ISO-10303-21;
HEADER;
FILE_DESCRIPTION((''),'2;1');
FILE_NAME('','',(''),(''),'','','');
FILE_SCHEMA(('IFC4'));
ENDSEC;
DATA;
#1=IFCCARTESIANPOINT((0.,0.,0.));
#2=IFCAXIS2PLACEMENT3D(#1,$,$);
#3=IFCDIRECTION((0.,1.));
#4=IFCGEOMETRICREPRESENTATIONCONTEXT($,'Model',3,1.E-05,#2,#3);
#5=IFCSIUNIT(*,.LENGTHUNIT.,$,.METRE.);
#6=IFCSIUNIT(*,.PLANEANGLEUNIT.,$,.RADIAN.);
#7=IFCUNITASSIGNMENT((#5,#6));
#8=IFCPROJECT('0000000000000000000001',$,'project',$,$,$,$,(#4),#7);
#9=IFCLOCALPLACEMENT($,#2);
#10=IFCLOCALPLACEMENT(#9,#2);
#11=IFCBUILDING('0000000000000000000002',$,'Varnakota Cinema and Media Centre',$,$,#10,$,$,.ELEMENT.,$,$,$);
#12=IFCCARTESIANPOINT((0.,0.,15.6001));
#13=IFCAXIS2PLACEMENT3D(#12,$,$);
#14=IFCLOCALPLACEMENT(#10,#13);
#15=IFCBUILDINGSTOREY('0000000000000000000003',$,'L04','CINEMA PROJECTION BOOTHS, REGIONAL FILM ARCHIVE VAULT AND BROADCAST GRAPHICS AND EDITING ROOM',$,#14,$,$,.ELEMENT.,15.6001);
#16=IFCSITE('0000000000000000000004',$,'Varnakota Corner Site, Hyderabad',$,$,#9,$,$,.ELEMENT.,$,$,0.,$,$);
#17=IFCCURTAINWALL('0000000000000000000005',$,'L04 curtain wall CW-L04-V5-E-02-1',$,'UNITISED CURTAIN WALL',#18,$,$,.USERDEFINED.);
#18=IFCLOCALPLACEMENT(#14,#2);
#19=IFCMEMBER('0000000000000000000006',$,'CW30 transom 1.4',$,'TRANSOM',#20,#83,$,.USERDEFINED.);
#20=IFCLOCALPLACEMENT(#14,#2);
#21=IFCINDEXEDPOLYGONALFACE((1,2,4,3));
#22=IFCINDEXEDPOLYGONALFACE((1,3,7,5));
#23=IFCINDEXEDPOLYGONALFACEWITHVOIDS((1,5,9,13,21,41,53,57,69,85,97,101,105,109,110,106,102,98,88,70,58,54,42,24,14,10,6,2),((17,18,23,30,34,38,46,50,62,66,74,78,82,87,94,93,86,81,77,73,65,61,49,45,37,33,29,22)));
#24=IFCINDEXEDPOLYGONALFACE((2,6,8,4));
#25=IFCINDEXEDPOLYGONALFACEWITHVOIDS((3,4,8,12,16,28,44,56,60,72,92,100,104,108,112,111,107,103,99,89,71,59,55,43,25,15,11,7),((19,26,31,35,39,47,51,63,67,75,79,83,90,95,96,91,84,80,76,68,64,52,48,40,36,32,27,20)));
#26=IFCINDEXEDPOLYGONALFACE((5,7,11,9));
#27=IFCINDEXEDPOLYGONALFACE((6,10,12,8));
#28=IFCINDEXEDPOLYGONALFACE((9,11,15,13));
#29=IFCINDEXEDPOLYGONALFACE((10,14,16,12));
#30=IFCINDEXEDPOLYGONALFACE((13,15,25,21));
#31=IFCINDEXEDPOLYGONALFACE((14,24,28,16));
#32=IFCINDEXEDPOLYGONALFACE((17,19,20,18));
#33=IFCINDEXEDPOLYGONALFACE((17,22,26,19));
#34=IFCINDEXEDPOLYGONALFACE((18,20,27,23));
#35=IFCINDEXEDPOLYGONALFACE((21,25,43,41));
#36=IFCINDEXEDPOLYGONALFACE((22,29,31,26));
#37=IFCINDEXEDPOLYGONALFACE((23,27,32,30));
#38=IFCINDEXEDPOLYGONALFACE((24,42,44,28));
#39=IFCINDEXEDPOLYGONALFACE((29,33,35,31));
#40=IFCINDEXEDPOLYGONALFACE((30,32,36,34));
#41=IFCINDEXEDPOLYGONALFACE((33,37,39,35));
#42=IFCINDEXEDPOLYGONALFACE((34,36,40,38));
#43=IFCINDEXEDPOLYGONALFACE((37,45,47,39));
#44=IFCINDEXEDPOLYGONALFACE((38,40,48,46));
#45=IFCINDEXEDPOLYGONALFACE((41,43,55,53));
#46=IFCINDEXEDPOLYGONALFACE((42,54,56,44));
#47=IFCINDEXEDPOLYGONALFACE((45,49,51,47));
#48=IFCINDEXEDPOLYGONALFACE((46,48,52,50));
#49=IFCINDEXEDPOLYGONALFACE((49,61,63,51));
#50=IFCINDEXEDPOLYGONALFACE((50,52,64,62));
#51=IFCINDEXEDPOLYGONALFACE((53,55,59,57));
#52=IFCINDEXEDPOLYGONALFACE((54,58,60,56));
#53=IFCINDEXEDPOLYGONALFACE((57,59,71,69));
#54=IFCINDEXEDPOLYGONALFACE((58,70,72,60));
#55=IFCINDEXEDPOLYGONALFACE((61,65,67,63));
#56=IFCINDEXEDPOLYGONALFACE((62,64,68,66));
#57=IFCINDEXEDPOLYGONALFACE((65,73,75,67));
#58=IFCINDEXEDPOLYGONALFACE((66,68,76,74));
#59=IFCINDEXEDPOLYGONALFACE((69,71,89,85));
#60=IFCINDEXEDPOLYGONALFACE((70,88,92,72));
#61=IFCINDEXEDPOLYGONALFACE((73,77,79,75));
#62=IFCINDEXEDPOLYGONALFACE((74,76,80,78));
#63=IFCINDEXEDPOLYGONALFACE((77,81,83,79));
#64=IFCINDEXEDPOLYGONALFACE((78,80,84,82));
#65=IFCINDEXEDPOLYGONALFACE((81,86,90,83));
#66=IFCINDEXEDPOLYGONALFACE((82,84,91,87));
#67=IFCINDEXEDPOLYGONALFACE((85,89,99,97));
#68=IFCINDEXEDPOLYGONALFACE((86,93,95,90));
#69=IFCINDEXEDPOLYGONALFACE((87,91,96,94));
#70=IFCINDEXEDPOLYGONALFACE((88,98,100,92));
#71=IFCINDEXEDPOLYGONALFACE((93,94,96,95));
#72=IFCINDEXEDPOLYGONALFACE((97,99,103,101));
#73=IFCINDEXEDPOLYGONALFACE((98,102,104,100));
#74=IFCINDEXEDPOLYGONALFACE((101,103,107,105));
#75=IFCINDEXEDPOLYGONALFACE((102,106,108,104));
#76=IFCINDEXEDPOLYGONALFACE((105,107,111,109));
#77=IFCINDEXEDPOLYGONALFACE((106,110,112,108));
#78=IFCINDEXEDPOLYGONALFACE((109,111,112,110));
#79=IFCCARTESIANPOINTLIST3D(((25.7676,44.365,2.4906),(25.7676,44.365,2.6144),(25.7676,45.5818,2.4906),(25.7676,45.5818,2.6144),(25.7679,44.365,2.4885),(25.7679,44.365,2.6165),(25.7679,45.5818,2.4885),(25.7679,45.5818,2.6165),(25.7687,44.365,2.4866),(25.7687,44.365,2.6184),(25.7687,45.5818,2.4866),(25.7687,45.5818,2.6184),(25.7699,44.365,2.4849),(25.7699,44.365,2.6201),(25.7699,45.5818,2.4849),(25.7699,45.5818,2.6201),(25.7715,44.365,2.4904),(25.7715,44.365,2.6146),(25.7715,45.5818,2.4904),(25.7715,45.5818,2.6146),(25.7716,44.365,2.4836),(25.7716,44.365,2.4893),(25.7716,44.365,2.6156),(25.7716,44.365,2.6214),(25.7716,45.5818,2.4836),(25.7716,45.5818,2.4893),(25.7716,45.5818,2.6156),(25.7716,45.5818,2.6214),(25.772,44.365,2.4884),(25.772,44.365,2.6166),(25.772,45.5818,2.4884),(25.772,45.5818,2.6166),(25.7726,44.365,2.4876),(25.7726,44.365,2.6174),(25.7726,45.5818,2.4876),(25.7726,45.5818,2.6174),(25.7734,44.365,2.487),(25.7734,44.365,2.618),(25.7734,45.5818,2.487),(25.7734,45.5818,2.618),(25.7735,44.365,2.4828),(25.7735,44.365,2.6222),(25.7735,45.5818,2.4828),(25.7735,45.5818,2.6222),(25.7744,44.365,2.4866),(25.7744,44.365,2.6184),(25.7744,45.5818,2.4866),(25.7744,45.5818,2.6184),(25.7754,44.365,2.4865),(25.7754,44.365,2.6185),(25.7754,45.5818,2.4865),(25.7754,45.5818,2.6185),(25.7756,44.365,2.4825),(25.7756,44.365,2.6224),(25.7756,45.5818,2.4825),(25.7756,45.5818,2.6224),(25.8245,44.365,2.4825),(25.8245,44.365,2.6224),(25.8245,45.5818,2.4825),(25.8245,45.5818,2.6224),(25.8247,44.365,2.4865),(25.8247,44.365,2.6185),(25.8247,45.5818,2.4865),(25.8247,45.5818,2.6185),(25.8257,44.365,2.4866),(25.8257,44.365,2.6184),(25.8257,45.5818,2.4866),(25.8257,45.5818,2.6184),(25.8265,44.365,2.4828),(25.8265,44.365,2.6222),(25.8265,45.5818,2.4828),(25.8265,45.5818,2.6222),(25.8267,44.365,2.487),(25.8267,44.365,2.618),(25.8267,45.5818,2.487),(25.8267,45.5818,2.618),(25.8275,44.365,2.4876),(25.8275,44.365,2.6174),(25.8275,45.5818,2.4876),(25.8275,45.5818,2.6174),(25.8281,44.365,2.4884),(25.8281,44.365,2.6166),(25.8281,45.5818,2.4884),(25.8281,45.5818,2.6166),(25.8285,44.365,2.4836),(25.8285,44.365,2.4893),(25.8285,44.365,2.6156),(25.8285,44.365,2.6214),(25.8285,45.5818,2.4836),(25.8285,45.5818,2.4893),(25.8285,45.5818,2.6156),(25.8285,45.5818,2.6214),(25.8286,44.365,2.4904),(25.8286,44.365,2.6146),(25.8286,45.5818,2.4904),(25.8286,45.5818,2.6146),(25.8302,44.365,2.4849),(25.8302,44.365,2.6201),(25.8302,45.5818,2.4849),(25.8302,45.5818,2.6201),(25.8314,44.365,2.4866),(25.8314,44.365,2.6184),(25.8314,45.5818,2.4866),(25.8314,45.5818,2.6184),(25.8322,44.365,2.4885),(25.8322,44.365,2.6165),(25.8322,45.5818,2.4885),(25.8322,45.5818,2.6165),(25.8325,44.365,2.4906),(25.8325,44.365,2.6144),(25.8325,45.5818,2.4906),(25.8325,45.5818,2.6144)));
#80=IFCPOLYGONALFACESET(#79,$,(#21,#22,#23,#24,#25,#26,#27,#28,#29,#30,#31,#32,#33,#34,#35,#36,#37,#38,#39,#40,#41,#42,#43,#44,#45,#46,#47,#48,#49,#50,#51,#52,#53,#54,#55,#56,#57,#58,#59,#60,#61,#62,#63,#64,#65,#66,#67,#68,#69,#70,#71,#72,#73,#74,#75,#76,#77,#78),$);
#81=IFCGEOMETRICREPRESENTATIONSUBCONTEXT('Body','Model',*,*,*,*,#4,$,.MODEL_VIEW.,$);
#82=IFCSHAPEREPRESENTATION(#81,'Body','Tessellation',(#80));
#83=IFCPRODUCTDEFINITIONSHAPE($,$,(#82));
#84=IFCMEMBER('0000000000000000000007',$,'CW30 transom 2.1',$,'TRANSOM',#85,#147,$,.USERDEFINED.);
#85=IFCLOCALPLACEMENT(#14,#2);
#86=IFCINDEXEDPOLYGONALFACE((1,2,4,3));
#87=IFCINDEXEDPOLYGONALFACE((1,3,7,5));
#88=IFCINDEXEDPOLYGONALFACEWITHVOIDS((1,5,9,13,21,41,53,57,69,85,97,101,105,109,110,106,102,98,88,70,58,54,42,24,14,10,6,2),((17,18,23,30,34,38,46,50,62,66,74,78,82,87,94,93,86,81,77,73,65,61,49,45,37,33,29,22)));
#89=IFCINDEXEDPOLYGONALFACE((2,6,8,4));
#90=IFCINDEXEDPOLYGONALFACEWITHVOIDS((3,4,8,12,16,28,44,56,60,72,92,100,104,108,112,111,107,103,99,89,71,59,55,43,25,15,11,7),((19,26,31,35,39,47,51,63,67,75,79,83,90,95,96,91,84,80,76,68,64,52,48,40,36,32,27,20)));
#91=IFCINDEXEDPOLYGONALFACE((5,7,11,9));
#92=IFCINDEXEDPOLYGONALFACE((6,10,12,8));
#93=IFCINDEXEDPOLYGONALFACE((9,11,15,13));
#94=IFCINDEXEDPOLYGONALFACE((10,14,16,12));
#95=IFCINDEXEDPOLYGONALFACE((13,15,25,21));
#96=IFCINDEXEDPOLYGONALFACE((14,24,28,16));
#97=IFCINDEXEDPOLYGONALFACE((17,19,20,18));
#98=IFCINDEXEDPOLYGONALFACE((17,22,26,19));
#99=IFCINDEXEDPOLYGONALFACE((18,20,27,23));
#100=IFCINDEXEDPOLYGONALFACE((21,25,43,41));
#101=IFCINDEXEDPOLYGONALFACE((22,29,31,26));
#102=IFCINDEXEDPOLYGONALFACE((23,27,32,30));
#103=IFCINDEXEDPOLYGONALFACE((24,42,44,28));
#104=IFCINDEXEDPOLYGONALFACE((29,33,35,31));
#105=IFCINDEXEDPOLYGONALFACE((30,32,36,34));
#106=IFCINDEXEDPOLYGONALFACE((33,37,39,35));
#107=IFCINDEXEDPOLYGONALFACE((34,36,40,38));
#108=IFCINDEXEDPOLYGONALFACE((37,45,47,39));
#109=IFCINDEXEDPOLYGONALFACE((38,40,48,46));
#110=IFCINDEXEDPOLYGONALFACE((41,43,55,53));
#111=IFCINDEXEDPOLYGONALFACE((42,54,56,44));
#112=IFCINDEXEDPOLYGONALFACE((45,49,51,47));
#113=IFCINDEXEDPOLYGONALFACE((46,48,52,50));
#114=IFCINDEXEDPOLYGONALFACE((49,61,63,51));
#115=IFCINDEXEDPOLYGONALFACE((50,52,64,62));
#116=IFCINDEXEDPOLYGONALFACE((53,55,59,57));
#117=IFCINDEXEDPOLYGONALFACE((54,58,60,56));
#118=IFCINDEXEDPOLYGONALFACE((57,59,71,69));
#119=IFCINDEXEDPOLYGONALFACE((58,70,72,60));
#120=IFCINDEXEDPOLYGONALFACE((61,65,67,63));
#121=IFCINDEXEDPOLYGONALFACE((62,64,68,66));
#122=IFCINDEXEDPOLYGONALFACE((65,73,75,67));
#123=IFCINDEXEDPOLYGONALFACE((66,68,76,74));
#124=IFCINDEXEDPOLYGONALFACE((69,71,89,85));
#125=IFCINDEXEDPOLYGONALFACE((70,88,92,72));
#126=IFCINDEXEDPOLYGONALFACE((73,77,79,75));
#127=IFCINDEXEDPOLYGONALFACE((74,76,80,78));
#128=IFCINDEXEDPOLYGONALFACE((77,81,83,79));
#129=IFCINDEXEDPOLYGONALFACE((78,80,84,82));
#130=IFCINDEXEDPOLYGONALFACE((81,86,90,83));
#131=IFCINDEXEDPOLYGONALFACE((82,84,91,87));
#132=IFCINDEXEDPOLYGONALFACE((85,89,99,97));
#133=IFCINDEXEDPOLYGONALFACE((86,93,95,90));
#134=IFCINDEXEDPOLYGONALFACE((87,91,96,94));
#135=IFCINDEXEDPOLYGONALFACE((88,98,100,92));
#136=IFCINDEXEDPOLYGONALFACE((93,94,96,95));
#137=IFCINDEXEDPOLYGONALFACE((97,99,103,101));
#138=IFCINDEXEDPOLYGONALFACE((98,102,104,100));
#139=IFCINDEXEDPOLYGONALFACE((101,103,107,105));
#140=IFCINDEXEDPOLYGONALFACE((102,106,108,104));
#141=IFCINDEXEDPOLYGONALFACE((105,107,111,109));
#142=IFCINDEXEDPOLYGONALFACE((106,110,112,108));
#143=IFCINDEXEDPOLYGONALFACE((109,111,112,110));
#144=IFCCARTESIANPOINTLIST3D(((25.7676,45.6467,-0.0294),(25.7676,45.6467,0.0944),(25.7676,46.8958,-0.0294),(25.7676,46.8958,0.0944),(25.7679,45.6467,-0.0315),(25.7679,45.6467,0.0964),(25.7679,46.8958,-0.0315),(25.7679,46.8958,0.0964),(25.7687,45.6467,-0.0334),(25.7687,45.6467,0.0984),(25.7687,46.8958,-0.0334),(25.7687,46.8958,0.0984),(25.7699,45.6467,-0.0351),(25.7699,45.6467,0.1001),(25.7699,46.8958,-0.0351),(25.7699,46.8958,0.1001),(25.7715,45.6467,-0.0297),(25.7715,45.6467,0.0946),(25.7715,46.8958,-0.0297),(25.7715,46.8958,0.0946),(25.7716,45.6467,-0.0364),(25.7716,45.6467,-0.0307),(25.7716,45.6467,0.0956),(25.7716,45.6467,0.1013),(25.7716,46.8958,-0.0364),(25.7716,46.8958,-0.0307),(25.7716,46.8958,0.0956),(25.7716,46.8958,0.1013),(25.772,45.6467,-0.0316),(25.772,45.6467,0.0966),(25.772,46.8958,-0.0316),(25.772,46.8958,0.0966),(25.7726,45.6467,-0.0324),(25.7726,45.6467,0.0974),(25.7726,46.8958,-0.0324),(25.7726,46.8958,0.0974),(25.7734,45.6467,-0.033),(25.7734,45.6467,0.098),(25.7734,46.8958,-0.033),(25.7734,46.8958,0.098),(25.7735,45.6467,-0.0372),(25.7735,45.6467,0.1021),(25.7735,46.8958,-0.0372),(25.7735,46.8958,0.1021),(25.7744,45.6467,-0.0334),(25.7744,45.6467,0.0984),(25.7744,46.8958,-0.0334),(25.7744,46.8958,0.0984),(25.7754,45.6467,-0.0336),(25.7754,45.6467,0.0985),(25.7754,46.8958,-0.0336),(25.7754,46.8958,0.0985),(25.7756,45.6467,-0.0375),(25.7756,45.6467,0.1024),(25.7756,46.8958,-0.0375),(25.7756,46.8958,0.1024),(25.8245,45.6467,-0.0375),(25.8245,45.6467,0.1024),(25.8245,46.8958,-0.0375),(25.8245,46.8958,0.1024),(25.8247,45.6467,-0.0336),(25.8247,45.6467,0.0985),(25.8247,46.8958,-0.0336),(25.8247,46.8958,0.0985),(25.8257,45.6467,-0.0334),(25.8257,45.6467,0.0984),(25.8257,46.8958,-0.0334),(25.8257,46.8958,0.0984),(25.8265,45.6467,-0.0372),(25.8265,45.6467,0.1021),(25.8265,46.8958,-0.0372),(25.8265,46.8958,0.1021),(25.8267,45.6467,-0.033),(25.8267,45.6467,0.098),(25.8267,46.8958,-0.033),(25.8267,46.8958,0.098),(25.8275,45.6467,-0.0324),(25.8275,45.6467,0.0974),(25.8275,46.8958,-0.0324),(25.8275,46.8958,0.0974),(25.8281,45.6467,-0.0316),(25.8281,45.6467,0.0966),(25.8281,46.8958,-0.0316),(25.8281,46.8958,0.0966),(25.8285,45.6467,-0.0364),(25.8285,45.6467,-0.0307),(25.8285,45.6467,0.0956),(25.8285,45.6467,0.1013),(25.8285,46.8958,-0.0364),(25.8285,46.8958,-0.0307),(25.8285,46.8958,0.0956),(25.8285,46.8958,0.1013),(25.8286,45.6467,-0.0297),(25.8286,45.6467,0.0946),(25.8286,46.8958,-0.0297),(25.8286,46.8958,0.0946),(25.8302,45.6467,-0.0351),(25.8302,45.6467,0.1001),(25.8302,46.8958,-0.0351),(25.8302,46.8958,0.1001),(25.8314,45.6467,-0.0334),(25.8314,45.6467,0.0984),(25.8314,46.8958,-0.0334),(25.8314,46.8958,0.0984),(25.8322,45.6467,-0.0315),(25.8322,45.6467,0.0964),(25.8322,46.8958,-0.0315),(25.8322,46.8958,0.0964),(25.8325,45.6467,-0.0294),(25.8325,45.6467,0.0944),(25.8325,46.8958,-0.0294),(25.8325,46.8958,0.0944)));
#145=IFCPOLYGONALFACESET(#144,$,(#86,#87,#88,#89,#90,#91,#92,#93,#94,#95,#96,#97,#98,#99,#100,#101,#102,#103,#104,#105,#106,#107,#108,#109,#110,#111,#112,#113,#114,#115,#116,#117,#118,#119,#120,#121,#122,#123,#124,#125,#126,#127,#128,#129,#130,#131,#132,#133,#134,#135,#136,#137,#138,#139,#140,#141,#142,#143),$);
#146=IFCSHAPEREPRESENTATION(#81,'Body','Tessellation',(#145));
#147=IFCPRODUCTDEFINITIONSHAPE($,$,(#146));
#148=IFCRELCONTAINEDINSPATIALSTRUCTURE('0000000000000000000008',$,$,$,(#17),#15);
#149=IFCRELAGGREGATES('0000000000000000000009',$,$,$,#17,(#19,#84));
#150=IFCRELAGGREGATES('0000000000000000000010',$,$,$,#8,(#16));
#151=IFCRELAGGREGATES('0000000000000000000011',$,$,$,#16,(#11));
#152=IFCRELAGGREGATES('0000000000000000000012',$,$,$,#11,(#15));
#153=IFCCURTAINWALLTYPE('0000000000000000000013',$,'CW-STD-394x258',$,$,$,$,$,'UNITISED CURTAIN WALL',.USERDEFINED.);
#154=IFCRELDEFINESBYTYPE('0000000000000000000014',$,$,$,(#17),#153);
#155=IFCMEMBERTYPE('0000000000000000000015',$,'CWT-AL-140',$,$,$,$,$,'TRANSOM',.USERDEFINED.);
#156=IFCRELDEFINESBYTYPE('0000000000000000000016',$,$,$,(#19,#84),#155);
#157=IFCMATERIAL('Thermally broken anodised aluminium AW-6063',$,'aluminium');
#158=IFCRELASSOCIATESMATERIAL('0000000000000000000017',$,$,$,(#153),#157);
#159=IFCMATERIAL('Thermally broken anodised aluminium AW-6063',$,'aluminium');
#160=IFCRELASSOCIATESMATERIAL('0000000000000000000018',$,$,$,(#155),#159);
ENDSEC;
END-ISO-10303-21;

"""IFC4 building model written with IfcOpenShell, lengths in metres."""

from ifc_helpers import new_model, si_unit, direction, frame, origin, origin_2d, place, context, subcontext, project, spatial, hollow_rectangle, extrude, material, material_profile, profile_set, type_object, element, aggregate, save


model = new_model("IFC4")

# Units and contexts
model_context = context("Model", 3, precision=1e-05, world=origin(), true_north=direction((0.0, 1.0)))
body_context = subcontext(model_context, "Body", "Model", "MODEL_VIEW")
ifc_project = project(units=[si_unit("LENGTHUNIT", "METRE"), si_unit("PLANEANGLEUNIT", "RADIAN")], contexts=[model_context])

# Site, building, storey
site_placement = place(None, origin())
site = spatial("IfcSite", under=ifc_project, at=site_placement, Name="Varnakota Corner Site, Hyderabad", CompositionType="ELEMENT", RefElevation=0.0)
building_placement = place(site_placement, origin())
building = spatial("IfcBuilding", under=site, at=building_placement, Name="Varnakota Cinema and Media Centre", CompositionType="ELEMENT")
storey_placement = place(building_placement, frame((0.0, 0.0, 15.6001)))
storey = spatial("IfcBuildingStorey", under=building, at=storey_placement, Name="L04", Description="CINEMA PROJECTION BOOTHS, REGIONAL FILM ARCHIVE VAULT AND BROADCAST GRAPHICS AND EDITING ROOM", CompositionType="ELEMENT", Elevation=15.6001)

# Curtain wall, members
ifc_material_1 = material(Name="Thermally broken anodised aluminium AW-6063", Category="aluminium")
curtain_wall_type = type_object("IfcCurtainWallType", Name="CW-STD-394x258", ElementType="UNITISED CURTAIN WALL", PredefinedType="USERDEFINED", material=ifc_material_1)
curtain_wall_placement = place(storey_placement, origin())
curtain_wall = element("IfcCurtainWall", 1, at=curtain_wall_placement, inside=storey, type_object=curtain_wall_type, Name="L04 curtain wall CW-L04-V5-E-02-1", ObjectType="UNITISED CURTAIN WALL", PredefinedType="USERDEFINED")
ifc_material_2 = material(Name="Thermally broken anodised aluminium AW-6063", Category="aluminium")
ifc_material_profile_1 = material_profile(ifc_material_2, hollow_rectangle(XDim=0.0649, YDim=0.1399, WallThickness=0.0039, InnerFilletRadius=0.0039, OuterFilletRadius=0.0081, at=origin_2d()), Name="AL-TRANSOM 140x65x4")
ifc_profile_set_1 = profile_set([ifc_material_profile_1], Name="Thermally broken anodised aluminium AW-6063")
member_type_1 = type_object("IfcMemberType", Name="CWT-AL-140", ElementType="TRANSOM", PredefinedType="USERDEFINED", material=ifc_profile_set_1)
member_1_placement = place(storey_placement, frame((25.8, 44.365, 2.5525), z_axis=(0.0, 1.0, 0.0), x_axis=(-1.0, 0.0, 0.0)))
member_1 = element("IfcMember", 2, at=member_1_placement, type_object=member_type_1, Name="CW30 transom 1.4", ObjectType="TRANSOM", PredefinedType="USERDEFINED", context=body_context, shape_type="SweptSolid", body=[
    extrude(hollow_rectangle(XDim=0.0649, YDim=0.1399, WallThickness=0.0039, InnerFilletRadius=0.0039, OuterFilletRadius=0.0081, at=origin_2d()), origin(), (0.0, 0.0, 1.0), 1.2168),
])
member_2_placement = place(storey_placement, frame((25.8, 45.6467, 0.0325), z_axis=(0.0, 1.0, 0.0), x_axis=(-1.0, 0.0, 0.0)))
member_2 = element("IfcMember", 3, at=member_2_placement, type_object=member_type_1, Name="CW30 transom 2.1", ObjectType="TRANSOM", PredefinedType="USERDEFINED", context=body_context, shape_type="SweptSolid", body=[
    extrude(hollow_rectangle(XDim=0.0649, YDim=0.1399, WallThickness=0.0039, InnerFilletRadius=0.0039, OuterFilletRadius=0.0081, at=origin_2d()), origin(), (0.0, 0.0, 1.0), 1.249),
])
aggregate(curtain_wall, [member_1, member_2])

save(model, "model.ifc")
